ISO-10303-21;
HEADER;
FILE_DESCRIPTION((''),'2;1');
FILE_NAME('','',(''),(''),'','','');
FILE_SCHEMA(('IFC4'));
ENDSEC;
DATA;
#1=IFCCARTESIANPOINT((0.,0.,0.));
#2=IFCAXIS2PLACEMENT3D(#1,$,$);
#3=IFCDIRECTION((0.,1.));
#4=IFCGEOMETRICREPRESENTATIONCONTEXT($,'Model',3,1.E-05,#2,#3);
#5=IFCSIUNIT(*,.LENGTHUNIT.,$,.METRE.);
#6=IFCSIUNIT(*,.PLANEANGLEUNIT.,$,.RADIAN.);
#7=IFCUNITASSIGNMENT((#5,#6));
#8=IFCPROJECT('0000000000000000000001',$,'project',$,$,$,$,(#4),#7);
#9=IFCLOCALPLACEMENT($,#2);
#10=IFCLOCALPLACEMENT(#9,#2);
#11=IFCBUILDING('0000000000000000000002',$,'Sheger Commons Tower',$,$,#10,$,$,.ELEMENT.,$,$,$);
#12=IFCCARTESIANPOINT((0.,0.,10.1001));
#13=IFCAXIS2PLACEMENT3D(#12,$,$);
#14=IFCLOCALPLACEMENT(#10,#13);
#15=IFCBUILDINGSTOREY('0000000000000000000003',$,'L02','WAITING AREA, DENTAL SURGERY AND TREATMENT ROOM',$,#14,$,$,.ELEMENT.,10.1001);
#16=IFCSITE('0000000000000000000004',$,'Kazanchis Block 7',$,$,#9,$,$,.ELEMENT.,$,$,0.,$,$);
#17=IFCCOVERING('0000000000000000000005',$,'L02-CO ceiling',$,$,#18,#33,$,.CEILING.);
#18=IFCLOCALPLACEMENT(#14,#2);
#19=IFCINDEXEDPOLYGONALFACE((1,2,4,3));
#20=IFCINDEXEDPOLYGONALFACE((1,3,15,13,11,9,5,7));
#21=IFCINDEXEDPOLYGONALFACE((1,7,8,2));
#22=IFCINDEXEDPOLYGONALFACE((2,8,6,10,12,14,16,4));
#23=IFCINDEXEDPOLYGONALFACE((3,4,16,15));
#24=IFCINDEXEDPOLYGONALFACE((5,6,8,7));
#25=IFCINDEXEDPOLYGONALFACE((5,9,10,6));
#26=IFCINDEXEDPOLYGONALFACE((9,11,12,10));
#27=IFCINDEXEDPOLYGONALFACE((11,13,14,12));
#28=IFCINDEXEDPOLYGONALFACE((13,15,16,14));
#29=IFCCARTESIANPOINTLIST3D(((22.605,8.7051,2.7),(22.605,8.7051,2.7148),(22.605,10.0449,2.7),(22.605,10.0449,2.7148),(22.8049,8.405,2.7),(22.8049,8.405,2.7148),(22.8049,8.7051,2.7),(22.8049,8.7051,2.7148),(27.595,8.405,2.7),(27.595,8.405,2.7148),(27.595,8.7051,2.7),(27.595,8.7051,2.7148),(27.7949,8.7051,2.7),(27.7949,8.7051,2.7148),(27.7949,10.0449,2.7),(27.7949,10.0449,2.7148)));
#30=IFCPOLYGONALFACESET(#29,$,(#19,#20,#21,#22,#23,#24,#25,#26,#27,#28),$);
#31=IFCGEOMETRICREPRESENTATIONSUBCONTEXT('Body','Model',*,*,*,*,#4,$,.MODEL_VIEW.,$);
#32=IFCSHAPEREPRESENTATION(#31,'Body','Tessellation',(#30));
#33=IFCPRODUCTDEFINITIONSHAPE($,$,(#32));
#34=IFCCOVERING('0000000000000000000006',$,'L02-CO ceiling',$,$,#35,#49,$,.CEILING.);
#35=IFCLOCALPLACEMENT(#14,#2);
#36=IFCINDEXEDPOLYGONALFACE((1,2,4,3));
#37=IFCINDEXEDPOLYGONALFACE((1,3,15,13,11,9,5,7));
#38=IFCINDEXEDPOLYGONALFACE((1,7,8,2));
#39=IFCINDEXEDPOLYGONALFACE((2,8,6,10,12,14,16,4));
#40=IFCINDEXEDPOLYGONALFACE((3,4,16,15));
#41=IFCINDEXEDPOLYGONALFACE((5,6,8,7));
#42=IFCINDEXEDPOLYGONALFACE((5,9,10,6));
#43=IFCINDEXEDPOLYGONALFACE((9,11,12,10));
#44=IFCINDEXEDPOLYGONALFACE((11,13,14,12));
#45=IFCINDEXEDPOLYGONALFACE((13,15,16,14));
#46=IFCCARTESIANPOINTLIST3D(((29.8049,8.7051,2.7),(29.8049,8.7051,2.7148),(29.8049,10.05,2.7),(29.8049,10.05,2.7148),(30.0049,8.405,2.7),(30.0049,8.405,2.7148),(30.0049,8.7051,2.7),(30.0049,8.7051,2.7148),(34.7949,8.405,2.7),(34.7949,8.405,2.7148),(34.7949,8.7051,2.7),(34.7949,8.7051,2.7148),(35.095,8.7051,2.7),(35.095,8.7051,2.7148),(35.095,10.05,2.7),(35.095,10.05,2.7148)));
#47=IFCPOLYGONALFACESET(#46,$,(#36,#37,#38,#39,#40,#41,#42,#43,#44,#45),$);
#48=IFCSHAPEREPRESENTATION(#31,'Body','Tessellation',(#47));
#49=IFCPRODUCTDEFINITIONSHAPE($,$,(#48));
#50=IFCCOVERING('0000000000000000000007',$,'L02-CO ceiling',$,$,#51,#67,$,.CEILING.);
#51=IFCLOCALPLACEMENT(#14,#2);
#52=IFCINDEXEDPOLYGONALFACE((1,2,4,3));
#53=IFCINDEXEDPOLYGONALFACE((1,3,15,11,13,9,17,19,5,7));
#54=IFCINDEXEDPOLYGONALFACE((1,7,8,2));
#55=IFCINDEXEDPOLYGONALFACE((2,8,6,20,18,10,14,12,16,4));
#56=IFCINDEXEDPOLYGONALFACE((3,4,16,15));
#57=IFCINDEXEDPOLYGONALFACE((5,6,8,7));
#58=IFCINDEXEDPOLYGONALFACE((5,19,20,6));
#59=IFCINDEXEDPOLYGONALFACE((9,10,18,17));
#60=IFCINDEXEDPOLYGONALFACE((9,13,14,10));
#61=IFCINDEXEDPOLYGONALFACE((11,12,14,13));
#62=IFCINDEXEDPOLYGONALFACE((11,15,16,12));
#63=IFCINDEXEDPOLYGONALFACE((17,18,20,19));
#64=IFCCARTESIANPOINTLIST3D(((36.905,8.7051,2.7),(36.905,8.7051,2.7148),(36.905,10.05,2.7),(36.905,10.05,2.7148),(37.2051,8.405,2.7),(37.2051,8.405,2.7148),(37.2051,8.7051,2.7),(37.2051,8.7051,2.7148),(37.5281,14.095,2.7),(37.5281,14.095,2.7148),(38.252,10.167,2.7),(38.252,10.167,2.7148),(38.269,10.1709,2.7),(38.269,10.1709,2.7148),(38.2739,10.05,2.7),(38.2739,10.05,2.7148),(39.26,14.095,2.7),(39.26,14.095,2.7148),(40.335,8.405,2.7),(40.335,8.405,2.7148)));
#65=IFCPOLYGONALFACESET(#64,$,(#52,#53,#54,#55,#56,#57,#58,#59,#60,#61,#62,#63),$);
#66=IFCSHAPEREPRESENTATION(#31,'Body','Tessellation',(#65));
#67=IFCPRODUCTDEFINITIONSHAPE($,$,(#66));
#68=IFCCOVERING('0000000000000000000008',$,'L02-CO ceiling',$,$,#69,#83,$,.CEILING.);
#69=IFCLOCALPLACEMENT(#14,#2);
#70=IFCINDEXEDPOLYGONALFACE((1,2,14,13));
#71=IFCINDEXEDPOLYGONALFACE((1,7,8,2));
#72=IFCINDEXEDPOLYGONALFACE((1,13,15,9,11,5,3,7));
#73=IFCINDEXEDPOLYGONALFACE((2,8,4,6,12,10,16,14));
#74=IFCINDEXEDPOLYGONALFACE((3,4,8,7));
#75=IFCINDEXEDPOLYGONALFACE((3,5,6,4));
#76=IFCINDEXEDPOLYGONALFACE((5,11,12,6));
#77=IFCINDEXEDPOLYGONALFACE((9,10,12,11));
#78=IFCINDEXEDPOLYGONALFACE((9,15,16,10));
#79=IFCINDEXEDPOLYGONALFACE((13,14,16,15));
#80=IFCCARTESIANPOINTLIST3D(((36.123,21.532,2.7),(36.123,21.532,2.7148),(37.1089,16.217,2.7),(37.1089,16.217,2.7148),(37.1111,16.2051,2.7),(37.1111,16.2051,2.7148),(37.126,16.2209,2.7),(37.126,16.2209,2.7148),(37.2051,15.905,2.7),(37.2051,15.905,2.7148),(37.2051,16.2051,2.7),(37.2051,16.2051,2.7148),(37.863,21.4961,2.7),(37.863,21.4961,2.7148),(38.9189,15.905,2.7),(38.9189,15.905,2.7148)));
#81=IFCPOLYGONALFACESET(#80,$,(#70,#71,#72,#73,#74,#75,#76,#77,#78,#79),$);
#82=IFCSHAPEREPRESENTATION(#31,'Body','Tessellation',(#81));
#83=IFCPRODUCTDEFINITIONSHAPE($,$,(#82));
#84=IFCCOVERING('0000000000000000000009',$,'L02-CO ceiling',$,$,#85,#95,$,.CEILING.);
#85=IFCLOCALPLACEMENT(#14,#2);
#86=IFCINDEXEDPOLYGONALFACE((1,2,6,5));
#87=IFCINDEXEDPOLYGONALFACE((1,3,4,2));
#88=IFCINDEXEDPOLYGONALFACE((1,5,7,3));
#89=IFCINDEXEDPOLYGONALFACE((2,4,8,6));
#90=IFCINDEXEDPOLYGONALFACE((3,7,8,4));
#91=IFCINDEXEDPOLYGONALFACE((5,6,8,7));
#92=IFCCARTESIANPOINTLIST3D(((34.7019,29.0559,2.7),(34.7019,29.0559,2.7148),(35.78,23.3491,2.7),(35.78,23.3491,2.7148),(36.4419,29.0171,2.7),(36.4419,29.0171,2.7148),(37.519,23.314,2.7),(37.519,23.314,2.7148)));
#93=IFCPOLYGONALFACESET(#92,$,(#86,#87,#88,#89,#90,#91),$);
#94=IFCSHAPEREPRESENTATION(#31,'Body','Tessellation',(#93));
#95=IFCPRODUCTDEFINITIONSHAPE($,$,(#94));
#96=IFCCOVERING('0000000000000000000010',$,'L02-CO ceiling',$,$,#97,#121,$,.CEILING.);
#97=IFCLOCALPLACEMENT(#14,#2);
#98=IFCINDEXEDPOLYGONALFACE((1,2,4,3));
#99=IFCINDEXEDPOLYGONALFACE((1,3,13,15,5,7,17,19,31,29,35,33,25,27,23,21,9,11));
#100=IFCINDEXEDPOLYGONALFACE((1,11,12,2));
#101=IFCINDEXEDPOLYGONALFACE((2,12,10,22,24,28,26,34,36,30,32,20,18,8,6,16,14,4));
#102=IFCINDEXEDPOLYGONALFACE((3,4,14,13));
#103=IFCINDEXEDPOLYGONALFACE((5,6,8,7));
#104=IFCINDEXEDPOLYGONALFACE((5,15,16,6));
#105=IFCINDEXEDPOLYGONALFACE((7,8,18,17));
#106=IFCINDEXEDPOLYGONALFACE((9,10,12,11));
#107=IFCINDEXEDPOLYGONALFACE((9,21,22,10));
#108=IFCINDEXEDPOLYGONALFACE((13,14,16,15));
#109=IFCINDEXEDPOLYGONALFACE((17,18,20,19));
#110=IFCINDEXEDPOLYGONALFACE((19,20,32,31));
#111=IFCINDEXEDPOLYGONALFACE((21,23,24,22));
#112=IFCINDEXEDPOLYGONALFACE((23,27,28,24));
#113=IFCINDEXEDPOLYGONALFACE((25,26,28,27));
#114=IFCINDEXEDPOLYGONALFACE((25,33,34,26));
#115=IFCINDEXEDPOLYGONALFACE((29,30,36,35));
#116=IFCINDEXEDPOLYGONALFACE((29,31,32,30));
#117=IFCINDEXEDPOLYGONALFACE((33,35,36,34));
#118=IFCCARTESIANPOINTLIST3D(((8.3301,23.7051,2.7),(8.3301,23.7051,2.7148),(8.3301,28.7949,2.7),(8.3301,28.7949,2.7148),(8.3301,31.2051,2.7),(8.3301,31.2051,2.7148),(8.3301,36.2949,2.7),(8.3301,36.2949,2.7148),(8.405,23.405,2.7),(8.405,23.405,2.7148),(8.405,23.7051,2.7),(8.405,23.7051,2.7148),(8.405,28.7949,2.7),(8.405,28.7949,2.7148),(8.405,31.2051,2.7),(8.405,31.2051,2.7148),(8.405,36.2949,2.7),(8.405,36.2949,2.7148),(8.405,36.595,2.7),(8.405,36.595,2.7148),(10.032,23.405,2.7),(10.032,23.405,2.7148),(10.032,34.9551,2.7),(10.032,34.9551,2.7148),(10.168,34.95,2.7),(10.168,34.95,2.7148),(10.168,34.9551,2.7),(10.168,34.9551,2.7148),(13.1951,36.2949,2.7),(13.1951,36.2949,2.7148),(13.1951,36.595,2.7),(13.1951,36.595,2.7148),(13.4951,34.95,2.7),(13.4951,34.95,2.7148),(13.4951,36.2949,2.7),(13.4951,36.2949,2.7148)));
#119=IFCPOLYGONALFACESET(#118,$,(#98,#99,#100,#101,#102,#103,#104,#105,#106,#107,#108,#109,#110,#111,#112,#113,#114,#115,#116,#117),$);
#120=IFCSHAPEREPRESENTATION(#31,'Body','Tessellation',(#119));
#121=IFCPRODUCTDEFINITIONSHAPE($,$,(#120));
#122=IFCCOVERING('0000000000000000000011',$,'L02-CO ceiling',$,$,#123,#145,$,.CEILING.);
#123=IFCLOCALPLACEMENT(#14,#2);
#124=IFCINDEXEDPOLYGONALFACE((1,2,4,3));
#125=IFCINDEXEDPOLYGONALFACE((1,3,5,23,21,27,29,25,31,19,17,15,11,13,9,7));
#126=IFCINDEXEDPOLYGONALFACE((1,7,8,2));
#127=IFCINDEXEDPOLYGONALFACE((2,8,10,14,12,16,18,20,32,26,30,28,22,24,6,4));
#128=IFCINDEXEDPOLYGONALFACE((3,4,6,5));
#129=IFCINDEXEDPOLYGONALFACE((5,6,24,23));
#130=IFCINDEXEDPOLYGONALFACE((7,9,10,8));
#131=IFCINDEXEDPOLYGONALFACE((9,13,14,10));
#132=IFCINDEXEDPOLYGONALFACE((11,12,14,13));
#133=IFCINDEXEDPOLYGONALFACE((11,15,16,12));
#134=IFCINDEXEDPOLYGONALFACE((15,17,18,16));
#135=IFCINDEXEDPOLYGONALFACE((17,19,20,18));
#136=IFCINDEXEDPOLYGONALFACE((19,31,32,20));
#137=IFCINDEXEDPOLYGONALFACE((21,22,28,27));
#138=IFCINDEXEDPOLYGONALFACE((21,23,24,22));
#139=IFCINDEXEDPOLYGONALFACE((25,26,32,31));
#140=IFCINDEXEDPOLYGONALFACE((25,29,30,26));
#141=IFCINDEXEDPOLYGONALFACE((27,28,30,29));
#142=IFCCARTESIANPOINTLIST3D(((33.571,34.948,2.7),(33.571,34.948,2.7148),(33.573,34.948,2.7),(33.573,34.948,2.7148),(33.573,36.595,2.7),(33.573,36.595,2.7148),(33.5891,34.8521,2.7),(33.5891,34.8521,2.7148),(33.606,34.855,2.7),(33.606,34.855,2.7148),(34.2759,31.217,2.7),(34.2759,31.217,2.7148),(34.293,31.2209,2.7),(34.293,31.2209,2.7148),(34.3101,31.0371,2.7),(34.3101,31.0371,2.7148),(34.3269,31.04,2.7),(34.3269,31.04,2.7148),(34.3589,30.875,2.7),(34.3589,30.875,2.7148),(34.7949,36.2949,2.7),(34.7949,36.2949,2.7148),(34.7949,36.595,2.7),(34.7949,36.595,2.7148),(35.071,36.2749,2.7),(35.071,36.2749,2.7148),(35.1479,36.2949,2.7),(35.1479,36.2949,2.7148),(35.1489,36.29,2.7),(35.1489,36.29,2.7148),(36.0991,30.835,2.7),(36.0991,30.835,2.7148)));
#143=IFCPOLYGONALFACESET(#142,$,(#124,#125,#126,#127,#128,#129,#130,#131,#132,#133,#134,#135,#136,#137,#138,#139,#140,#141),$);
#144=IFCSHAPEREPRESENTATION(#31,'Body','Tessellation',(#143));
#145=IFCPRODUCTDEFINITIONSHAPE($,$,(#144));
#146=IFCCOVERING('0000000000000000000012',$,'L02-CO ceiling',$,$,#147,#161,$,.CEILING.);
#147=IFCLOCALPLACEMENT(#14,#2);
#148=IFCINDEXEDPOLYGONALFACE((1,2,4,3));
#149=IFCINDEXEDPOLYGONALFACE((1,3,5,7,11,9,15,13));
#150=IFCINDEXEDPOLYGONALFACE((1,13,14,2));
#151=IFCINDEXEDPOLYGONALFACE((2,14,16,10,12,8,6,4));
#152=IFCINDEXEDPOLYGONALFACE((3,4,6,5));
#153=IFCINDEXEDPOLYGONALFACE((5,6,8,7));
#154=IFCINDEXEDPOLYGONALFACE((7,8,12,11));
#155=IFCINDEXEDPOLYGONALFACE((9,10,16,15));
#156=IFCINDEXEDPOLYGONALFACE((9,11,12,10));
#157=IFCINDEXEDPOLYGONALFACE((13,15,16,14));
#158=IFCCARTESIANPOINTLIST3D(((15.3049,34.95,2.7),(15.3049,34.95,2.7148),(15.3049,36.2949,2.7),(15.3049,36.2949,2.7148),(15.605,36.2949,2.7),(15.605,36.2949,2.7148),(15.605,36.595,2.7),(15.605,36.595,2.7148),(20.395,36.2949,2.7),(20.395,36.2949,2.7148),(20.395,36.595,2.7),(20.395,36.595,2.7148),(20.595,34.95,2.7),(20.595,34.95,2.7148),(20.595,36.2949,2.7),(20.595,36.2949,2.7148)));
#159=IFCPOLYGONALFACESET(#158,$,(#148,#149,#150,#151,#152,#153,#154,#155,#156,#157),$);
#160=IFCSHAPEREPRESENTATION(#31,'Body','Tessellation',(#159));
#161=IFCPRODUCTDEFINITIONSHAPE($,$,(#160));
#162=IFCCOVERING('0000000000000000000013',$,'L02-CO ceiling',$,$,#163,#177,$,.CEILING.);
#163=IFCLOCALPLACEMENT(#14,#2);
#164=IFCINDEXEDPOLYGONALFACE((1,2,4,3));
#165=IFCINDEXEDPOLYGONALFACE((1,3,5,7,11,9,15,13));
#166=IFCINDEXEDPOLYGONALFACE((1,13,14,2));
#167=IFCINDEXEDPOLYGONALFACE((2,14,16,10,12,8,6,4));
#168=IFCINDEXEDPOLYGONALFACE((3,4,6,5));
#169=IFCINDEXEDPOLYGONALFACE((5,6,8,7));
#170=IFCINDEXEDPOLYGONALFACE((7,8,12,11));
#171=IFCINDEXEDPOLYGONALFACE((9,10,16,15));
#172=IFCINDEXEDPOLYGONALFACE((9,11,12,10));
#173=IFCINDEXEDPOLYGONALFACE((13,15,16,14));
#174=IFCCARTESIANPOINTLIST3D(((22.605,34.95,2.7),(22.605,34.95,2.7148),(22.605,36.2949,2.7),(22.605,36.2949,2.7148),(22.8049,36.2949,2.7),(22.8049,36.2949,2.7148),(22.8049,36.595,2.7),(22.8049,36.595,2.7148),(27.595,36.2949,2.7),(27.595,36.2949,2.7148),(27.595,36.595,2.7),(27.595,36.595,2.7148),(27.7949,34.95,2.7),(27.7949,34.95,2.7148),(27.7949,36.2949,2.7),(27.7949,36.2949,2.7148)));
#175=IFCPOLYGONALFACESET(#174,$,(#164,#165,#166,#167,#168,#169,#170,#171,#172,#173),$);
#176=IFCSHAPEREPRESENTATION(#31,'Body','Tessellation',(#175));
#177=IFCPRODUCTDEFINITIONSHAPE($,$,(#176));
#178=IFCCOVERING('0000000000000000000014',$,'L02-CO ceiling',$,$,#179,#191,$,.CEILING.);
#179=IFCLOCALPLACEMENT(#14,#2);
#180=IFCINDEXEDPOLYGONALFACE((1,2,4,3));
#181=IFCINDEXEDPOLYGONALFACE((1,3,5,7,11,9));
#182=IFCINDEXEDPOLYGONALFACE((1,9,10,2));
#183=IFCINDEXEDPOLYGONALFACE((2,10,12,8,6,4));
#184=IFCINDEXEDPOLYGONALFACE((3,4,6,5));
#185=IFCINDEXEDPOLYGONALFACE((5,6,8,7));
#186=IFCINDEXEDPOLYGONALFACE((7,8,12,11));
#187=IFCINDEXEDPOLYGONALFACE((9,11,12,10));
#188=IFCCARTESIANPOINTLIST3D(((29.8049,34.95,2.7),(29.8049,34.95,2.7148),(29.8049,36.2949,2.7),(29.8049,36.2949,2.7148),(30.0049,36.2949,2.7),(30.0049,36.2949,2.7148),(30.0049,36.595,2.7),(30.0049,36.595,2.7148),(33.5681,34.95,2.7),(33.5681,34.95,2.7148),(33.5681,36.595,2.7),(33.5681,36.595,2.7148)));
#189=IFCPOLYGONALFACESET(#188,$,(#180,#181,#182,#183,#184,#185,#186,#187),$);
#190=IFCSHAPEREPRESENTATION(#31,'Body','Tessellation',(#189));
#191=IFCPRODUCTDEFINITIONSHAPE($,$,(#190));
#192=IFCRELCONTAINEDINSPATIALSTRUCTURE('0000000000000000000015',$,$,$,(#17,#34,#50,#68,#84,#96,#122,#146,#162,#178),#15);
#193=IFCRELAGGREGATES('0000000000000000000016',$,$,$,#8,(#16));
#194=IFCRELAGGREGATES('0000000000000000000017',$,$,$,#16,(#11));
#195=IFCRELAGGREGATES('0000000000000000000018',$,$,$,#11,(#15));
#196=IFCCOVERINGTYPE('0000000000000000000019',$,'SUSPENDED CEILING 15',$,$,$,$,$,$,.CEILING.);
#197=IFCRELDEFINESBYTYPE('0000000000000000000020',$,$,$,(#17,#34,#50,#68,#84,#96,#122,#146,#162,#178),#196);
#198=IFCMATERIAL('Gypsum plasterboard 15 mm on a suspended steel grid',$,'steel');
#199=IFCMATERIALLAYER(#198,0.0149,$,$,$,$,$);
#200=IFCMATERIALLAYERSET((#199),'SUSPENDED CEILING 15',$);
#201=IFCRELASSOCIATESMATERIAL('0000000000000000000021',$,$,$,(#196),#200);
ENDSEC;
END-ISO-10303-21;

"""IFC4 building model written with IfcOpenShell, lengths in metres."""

from ifc_helpers import new_model, si_unit, direction, frame, origin, place, context, subcontext, project, spatial, polyline, outline, extrude, material, layer, layer_set, type_object, element, save


model = new_model("IFC4")

# Units and contexts
model_context = context("Model", 3, precision=1e-05, world=origin(), true_north=direction((0.0, 1.0)))
body_context = subcontext(model_context, "Body", "Model", "MODEL_VIEW")
ifc_project = project(units=[si_unit("LENGTHUNIT", "METRE"), si_unit("PLANEANGLEUNIT", "RADIAN")], contexts=[model_context])

# Site, building, storey
site_placement = place(None, origin())
site = spatial("IfcSite", under=ifc_project, at=site_placement, Name="Kazanchis Block 7", CompositionType="ELEMENT", RefElevation=0.0)
building_placement = place(site_placement, origin())
building = spatial("IfcBuilding", under=site, at=building_placement, Name="Sheger Commons Tower", CompositionType="ELEMENT")
storey_placement = place(building_placement, frame((0.0, 0.0, 10.1001)))
storey = spatial("IfcBuildingStorey", under=building, at=storey_placement, Name="L02", Description="WAITING AREA, DENTAL SURGERY AND TREATMENT ROOM", CompositionType="ELEMENT", Elevation=10.1001)

# Coverings
ifc_material_1 = material(Name="Gypsum plasterboard 15 mm on a suspended steel grid", Category="steel")
ifc_layer_1 = layer(ifc_material_1, 0.0149)
ifc_layer_set_1 = layer_set([ifc_layer_1], Name="SUSPENDED CEILING 15")
covering_type_1 = type_object("IfcCoveringType", Name="SUSPENDED CEILING 15", PredefinedType="CEILING", material=ifc_layer_set_1)
covering_1_placement = place(storey_placement, frame((0.0, 0.0, 2.7)))
element("IfcCovering", 1, at=covering_1_placement, inside=storey, type_object=covering_type_1, Name="L02-CO ceiling", PredefinedType="CEILING", context=body_context, shape_type="SweptSolid", body=[
    extrude(outline(polyline([(22.8049, 8.405), (27.595, 8.405), (27.595, 8.7051), (27.7949, 8.7051), (27.7949, 10.0449), (22.605, 10.0449), (22.605, 8.7051), (22.8049, 8.7051), (22.8049, 8.405)])), origin(), (0.0, 0.0, 1.0), 0.0149),
])
covering_2_placement = place(storey_placement, frame((0.0, 0.0, 2.7)))
element("IfcCovering", 2, at=covering_2_placement, inside=storey, type_object=covering_type_1, Name="L02-CO ceiling", PredefinedType="CEILING", context=body_context, shape_type="SweptSolid", body=[
    extrude(outline(polyline([(30.0049, 8.405), (34.7949, 8.405), (34.7949, 8.7051), (35.095, 8.7051), (35.095, 10.05), (29.8049, 10.05), (29.8049, 8.7051), (30.0049, 8.7051), (30.0049, 8.405)])), origin(), (0.0, 0.0, 1.0), 0.0149),
])
covering_3_placement = place(storey_placement, frame((0.0, 0.0, 2.7)))
element("IfcCovering", 3, at=covering_3_placement, inside=storey, type_object=covering_type_1, Name="L02-CO ceiling", PredefinedType="CEILING", context=body_context, shape_type="SweptSolid", body=[
    extrude(outline(polyline([(37.2051, 8.405), (40.335, 8.405), (39.26, 14.095), (37.5281, 14.095), (38.269, 10.1709), (38.252, 10.167), (38.2739, 10.05), (36.905, 10.05), (36.905, 8.7051), (37.2051, 8.7051), (37.2051, 8.405)])), origin(), (0.0, 0.0, 1.0), 0.0149),
])
covering_4_placement = place(storey_placement, frame((0.0, 0.0, 2.7)))
element("IfcCovering", 4, at=covering_4_placement, inside=storey, type_object=covering_type_1, Name="L02-CO ceiling", PredefinedType="CEILING", context=body_context, shape_type="SweptSolid", body=[
    extrude(outline(polyline([(37.2051, 15.905), (38.9189, 15.905), (37.863, 21.4961), (36.123, 21.532), (37.126, 16.2209), (37.1089, 16.217), (37.1111, 16.2051), (37.2051, 16.2051), (37.2051, 15.905)])), origin(), (0.0, 0.0, 1.0), 0.0149),
])
covering_5_placement = place(storey_placement, frame((0.0, 0.0, 2.7)))
element("IfcCovering", 5, at=covering_5_placement, inside=storey, type_object=covering_type_1, Name="L02-CO ceiling", PredefinedType="CEILING", context=body_context, shape_type="SweptSolid", body=[
    extrude(outline(polyline([(37.519, 23.314), (36.4419, 29.0171), (34.7019, 29.0559), (35.78, 23.3491), (37.519, 23.314)])), origin(), (0.0, 0.0, 1.0), 0.0149),
])
covering_6_placement = place(storey_placement, frame((0.0, 0.0, 2.7)))
element("IfcCovering", 6, at=covering_6_placement, inside=storey, type_object=covering_type_1, Name="L02-CO ceiling", PredefinedType="CEILING", context=body_context, shape_type="SweptSolid", body=[
    extrude(outline(polyline([(8.405, 23.405), (10.032, 23.405), (10.032, 34.9551), (10.168, 34.9551), (10.168, 34.95), (13.4951, 34.95), (13.4951, 36.2949), (13.1951, 36.2949), (13.1951, 36.595), (8.405, 36.595), (8.405, 36.2949), (8.3301, 36.2949), (8.3301, 31.2051), (8.405, 31.2051), (8.405, 28.7949), (8.3301, 28.7949), (8.3301, 23.7051), (8.405, 23.7051), (8.405, 23.405)])), origin(), (0.0, 0.0, 1.0), 0.0149),
])
covering_7_placement = place(storey_placement, frame((0.0, 0.0, 2.7)))
element("IfcCovering", 7, at=covering_7_placement, inside=storey, type_object=covering_type_1, Name="L02-CO ceiling", PredefinedType="CEILING", context=body_context, shape_type="SweptSolid", body=[
    extrude(outline(polyline([(36.0991, 30.835), (35.071, 36.2749), (35.1489, 36.29), (35.1479, 36.2949), (34.7949, 36.2949), (34.7949, 36.595), (33.573, 36.595), (33.573, 34.948), (33.571, 34.948), (33.5891, 34.8521), (33.606, 34.855), (34.293, 31.2209), (34.2759, 31.217), (34.3101, 31.0371), (34.3269, 31.04), (34.3589, 30.875), (36.0991, 30.835)])), origin(), (0.0, 0.0, 1.0), 0.0149),
])
covering_8_placement = place(storey_placement, frame((0.0, 0.0, 2.7)))
element("IfcCovering", 8, at=covering_8_placement, inside=storey, type_object=covering_type_1, Name="L02-CO ceiling", PredefinedType="CEILING", context=body_context, shape_type="SweptSolid", body=[
    extrude(outline(polyline([(15.3049, 34.95), (20.595, 34.95), (20.595, 36.2949), (20.395, 36.2949), (20.395, 36.595), (15.605, 36.595), (15.605, 36.2949), (15.3049, 36.2949), (15.3049, 34.95)])), origin(), (0.0, 0.0, 1.0), 0.0149),
])
covering_9_placement = place(storey_placement, frame((0.0, 0.0, 2.7)))
element("IfcCovering", 9, at=covering_9_placement, inside=storey, type_object=covering_type_1, Name="L02-CO ceiling", PredefinedType="CEILING", context=body_context, shape_type="SweptSolid", body=[
    extrude(outline(polyline([(22.605, 34.95), (27.7949, 34.95), (27.7949, 36.2949), (27.595, 36.2949), (27.595, 36.595), (22.8049, 36.595), (22.8049, 36.2949), (22.605, 36.2949), (22.605, 34.95)])), origin(), (0.0, 0.0, 1.0), 0.0149),
])
covering_10_placement = place(storey_placement, frame((0.0, 0.0, 2.7)))
element("IfcCovering", 10, at=covering_10_placement, inside=storey, type_object=covering_type_1, Name="L02-CO ceiling", PredefinedType="CEILING", context=body_context, shape_type="SweptSolid", body=[
    extrude(outline(polyline([(29.8049, 34.95), (33.5681, 34.95), (33.5681, 36.595), (30.0049, 36.595), (30.0049, 36.2949), (29.8049, 36.2949), (29.8049, 34.95)])), origin(), (0.0, 0.0, 1.0), 0.0149),
])

save(model, "model.ifc")
